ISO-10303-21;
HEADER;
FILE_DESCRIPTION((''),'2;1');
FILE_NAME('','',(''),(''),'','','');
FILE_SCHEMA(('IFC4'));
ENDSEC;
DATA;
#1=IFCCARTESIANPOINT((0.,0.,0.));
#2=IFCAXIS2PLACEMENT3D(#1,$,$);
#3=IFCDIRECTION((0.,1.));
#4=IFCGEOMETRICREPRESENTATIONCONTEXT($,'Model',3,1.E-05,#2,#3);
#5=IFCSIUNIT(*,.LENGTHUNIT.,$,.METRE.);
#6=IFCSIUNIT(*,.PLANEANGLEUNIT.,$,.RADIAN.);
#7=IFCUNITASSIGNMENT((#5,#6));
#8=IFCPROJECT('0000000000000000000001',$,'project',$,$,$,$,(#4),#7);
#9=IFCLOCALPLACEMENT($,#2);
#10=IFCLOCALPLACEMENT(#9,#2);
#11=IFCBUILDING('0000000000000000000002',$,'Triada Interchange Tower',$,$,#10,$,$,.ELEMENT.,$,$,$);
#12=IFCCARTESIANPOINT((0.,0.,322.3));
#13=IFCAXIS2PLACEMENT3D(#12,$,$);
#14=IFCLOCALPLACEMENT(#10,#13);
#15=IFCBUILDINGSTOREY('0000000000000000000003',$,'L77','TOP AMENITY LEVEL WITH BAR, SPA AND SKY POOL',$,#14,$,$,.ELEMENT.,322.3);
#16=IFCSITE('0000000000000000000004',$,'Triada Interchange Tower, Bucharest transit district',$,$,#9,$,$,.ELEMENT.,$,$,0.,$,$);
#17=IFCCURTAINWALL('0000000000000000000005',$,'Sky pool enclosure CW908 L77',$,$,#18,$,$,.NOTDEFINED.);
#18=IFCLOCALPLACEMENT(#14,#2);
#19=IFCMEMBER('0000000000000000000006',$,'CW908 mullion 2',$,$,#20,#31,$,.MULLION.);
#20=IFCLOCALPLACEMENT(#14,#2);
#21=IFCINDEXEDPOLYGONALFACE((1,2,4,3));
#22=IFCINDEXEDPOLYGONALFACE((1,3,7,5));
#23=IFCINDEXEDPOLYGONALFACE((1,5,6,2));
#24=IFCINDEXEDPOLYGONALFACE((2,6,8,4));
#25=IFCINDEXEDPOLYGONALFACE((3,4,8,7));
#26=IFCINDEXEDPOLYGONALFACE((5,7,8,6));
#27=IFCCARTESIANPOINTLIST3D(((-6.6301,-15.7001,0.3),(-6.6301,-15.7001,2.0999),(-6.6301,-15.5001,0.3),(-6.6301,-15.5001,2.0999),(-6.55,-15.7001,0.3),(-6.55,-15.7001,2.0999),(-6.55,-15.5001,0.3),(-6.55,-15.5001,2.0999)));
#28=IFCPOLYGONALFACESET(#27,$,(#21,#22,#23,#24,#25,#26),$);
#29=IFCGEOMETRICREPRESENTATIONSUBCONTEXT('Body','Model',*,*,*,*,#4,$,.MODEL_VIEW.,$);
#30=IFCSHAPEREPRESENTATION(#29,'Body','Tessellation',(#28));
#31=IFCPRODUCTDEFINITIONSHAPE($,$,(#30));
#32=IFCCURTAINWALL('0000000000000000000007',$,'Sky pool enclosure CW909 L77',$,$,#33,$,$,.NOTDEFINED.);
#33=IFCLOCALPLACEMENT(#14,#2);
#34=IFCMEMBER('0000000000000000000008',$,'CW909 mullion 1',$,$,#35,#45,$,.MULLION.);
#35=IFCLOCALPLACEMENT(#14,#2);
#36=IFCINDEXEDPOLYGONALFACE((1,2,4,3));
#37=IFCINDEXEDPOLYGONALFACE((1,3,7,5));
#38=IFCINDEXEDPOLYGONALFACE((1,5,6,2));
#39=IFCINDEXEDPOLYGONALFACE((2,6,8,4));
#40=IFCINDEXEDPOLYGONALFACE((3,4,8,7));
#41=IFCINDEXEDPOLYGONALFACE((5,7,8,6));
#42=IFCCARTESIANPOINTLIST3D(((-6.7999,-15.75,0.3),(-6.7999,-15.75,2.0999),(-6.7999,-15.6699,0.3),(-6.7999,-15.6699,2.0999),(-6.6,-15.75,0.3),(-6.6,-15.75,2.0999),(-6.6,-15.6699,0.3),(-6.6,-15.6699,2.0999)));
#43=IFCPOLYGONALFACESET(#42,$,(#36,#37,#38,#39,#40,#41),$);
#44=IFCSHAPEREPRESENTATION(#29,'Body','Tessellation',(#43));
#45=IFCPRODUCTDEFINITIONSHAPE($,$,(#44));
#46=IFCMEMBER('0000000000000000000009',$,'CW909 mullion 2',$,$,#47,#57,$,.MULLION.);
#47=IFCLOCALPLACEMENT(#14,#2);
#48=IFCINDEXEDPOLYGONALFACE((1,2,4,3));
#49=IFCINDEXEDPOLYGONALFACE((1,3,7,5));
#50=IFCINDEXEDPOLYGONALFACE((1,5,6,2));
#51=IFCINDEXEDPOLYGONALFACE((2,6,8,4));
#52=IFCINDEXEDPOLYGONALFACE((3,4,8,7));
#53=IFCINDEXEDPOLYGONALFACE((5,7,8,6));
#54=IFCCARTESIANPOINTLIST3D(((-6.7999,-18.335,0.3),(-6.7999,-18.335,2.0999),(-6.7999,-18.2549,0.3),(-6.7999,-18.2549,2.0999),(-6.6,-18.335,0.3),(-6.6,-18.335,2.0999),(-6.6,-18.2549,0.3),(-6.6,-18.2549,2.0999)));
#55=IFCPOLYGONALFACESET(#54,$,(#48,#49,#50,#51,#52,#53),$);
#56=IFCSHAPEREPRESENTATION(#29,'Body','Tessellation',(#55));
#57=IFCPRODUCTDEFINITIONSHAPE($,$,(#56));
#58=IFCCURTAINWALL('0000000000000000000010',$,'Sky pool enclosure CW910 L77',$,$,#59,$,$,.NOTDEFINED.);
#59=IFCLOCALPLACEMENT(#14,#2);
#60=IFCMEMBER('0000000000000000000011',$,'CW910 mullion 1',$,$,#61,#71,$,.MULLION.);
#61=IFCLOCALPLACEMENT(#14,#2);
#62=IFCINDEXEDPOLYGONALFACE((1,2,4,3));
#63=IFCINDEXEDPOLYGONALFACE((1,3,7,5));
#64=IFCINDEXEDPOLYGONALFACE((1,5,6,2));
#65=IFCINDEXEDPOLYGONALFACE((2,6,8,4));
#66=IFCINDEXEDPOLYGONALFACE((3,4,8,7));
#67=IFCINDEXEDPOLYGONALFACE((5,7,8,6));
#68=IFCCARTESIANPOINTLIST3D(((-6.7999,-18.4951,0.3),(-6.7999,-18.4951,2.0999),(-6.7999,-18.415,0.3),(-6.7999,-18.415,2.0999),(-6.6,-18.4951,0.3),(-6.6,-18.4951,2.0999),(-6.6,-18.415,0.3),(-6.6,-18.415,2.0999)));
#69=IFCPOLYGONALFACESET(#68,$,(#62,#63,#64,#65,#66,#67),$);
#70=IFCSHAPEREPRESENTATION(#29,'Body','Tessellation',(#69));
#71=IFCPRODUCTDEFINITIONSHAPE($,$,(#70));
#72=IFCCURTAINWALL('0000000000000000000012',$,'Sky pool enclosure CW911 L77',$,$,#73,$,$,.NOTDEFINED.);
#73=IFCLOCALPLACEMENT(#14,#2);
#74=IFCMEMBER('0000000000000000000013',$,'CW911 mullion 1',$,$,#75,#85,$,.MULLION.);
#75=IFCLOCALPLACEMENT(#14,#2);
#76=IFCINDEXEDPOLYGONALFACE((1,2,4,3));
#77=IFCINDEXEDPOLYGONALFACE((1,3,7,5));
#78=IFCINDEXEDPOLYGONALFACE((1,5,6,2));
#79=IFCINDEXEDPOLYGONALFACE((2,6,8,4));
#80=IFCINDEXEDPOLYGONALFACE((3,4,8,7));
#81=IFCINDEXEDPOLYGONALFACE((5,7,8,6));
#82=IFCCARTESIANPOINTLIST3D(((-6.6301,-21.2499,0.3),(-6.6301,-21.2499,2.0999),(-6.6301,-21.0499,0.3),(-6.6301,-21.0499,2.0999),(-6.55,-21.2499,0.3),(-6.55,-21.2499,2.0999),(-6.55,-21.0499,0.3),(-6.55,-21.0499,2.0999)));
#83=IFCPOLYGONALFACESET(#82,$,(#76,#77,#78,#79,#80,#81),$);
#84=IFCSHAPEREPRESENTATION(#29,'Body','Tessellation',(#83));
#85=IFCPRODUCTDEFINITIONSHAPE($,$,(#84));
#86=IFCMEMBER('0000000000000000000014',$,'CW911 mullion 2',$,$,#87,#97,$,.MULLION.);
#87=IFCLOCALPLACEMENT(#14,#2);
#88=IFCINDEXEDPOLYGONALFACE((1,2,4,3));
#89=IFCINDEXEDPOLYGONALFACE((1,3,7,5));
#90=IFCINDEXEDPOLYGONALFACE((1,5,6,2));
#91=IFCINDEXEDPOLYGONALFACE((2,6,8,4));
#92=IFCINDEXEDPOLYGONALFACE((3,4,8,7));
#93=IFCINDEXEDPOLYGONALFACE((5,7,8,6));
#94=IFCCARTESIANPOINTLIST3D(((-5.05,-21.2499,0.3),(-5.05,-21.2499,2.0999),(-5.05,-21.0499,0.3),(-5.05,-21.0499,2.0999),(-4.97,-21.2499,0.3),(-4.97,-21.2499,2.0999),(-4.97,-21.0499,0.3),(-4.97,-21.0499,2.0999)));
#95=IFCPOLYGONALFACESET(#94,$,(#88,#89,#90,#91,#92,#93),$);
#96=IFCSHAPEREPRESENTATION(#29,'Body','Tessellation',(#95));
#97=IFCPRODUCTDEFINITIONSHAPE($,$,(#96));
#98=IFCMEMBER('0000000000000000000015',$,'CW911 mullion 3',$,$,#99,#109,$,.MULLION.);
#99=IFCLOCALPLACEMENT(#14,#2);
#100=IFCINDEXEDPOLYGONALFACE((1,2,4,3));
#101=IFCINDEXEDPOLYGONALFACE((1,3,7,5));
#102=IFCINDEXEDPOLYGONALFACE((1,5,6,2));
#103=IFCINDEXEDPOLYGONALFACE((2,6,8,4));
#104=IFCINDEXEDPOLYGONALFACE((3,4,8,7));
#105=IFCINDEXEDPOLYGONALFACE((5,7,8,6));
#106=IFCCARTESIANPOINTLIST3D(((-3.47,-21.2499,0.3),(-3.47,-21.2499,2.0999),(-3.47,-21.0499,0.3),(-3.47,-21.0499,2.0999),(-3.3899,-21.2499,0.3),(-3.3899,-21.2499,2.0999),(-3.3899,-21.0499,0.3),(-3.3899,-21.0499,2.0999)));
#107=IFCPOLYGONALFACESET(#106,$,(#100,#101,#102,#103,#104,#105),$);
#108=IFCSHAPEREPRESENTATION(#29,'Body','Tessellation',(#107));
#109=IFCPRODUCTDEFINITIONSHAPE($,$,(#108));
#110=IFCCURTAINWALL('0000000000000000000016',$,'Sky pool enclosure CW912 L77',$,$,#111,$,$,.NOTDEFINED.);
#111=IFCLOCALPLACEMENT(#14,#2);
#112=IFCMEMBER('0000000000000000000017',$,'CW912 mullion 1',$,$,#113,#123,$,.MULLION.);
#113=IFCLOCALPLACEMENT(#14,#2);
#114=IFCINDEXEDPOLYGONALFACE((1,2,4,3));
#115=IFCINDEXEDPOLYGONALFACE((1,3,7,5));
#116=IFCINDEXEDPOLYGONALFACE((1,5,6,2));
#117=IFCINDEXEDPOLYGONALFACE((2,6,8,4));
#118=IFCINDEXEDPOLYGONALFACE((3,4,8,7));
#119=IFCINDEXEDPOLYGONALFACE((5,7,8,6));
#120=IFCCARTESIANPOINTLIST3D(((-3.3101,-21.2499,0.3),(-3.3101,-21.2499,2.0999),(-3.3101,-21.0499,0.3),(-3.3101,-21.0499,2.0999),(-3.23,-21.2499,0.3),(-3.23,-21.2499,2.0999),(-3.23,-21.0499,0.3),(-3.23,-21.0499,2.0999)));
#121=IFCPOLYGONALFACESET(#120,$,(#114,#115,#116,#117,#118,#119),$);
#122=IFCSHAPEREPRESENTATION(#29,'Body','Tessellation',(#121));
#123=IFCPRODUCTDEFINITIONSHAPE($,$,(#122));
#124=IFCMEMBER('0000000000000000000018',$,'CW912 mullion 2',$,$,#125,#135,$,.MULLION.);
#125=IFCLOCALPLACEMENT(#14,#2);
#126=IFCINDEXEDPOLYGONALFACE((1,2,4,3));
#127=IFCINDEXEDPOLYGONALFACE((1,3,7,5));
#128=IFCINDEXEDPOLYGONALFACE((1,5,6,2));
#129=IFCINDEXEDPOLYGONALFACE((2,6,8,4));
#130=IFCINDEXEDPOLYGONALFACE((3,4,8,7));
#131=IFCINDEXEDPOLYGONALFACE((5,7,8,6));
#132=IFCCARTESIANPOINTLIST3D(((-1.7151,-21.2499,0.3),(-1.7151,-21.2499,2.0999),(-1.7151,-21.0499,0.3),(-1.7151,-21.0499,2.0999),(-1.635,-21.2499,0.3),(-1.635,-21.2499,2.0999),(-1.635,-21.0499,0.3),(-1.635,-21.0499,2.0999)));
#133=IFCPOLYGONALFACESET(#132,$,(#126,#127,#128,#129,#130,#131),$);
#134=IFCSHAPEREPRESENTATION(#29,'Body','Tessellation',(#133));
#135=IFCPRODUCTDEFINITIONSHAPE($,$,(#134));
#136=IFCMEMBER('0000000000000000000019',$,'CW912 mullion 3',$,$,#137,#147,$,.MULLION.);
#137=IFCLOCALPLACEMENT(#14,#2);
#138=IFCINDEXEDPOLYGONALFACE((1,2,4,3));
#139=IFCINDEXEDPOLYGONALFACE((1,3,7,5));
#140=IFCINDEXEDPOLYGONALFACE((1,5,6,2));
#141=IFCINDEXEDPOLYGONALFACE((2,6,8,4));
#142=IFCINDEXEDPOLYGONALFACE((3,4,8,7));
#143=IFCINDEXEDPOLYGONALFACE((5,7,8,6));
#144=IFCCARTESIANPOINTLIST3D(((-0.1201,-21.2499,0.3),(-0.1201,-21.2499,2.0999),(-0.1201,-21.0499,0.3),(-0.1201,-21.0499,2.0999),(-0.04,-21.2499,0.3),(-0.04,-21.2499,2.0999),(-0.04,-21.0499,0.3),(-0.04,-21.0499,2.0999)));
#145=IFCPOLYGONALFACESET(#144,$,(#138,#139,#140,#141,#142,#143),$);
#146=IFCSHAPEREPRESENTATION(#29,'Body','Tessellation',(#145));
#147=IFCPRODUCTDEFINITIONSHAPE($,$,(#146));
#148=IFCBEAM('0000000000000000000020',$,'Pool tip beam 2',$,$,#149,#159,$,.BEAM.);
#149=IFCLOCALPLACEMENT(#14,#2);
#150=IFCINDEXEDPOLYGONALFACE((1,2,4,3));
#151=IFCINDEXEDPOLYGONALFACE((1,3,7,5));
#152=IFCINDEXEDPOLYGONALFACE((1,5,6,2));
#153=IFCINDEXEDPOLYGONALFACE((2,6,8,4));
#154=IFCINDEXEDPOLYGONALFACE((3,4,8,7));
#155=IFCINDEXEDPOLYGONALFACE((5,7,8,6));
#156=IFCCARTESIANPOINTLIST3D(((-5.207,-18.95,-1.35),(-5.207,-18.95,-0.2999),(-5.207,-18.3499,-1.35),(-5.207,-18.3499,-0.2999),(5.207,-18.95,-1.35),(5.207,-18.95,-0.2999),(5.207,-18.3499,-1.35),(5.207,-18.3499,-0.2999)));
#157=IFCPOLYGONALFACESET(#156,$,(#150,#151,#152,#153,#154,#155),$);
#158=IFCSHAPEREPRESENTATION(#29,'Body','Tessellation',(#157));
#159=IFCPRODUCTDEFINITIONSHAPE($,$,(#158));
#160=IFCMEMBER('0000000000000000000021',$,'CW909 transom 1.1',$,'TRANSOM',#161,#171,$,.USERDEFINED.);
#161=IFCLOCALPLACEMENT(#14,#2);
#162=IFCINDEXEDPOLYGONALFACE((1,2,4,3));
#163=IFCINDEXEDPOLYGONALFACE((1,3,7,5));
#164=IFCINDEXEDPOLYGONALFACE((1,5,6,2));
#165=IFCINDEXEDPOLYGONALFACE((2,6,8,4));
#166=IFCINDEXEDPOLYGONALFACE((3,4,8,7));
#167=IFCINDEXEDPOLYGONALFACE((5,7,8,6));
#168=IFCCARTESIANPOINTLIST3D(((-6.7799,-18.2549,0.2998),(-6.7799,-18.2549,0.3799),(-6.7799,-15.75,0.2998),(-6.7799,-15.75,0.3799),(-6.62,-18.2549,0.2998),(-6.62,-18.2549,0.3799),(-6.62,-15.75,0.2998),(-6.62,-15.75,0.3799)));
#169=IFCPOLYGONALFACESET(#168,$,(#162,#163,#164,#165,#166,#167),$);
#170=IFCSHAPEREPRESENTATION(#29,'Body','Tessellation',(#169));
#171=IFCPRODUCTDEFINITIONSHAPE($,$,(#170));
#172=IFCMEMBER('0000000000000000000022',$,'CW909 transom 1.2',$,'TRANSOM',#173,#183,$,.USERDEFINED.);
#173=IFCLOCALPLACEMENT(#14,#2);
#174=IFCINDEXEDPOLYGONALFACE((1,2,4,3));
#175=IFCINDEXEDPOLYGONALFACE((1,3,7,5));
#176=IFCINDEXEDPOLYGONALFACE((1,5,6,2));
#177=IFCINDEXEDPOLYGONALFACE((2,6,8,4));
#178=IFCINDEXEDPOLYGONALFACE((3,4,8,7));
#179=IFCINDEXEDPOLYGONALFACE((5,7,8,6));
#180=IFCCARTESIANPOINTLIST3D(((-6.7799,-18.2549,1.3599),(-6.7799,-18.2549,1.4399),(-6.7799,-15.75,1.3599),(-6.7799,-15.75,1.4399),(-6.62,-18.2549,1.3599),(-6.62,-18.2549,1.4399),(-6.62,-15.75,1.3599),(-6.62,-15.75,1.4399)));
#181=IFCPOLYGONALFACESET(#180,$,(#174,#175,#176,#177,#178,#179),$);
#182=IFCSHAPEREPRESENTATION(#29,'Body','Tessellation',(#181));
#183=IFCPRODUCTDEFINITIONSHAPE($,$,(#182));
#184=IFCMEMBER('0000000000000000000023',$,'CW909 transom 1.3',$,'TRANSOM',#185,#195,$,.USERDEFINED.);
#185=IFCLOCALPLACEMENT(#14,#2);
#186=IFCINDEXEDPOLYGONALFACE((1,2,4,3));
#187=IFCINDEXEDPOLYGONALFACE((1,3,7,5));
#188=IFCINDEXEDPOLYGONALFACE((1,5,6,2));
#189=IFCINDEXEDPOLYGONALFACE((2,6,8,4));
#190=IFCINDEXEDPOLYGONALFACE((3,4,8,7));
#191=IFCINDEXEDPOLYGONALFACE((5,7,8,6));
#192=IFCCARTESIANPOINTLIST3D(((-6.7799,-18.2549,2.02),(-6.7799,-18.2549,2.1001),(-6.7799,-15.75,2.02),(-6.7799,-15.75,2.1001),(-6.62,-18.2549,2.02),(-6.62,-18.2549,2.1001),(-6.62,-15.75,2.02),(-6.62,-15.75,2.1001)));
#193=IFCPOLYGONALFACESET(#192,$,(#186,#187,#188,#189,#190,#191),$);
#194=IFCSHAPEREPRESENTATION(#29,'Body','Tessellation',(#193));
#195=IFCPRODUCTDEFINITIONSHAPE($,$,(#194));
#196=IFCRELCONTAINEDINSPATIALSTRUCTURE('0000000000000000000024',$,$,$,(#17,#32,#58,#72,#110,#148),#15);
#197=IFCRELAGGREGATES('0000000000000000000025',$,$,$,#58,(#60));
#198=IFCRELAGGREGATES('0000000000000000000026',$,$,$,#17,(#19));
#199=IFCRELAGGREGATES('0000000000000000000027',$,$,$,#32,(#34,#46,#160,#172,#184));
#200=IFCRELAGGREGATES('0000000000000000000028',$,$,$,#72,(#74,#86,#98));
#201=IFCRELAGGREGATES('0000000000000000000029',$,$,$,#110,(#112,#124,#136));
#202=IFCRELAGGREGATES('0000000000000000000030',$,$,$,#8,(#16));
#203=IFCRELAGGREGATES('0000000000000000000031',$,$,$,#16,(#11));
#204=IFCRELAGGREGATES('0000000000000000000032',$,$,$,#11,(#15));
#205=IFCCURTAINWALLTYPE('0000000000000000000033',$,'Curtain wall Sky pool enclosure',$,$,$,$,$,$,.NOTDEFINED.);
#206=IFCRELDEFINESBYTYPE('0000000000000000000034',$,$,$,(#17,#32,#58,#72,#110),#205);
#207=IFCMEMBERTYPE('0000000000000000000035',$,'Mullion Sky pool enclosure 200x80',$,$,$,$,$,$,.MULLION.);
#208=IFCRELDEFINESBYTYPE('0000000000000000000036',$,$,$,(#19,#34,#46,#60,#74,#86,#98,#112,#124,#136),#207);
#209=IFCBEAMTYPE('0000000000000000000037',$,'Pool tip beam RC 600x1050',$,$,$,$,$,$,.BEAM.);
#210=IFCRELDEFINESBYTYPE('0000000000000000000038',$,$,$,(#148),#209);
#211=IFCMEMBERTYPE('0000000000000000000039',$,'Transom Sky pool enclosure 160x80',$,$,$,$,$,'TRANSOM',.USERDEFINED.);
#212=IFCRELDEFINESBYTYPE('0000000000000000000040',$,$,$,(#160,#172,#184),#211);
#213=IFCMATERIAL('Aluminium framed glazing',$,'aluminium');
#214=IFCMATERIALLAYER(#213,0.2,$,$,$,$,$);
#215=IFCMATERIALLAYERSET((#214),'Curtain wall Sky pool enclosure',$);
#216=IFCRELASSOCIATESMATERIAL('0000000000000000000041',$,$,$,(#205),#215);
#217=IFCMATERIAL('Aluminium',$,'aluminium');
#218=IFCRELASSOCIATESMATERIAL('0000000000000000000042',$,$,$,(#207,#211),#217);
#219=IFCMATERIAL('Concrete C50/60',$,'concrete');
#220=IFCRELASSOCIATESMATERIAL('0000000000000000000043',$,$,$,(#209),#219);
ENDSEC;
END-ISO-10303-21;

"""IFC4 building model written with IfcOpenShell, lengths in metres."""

from ifc_helpers import new_model, si_unit, direction, frame, origin, origin_2d, place, context, subcontext, project, spatial, rectangle, extrude, material, layer, layer_set, material_profile, profile_set, type_object, element, aggregate, save


model = new_model("IFC4")

# Units and contexts
model_context = context("Model", 3, precision=1e-05, world=origin(), true_north=direction((0.0, 1.0)))
body_context = subcontext(model_context, "Body", "Model", "MODEL_VIEW")
ifc_project = project(units=[si_unit("LENGTHUNIT", "METRE"), si_unit("PLANEANGLEUNIT", "RADIAN")], contexts=[model_context])

# Site, building, storey
site_placement = place(None, origin())
site = spatial("IfcSite", under=ifc_project, at=site_placement, Name="Triada Interchange Tower, Bucharest transit district", CompositionType="ELEMENT", RefElevation=0.0)
building_placement = place(site_placement, origin())
building = spatial("IfcBuilding", under=site, at=building_placement, Name="Triada Interchange Tower", CompositionType="ELEMENT")
storey_placement = place(building_placement, frame((0.0, 0.0, 322.3)))
storey = spatial("IfcBuildingStorey", under=building, at=storey_placement, Name="L77", Description="TOP AMENITY LEVEL WITH BAR, SPA AND SKY POOL", CompositionType="ELEMENT", Elevation=322.3)

# Curtain wall, member
ifc_material_1 = material(Name="Aluminium framed glazing", Category="aluminium")
ifc_layer_1 = layer(ifc_material_1, 0.2)
ifc_layer_set_1 = layer_set([ifc_layer_1], Name="Curtain wall Sky pool enclosure")
curtain_wall_type = type_object("IfcCurtainWallType", Name="Curtain wall Sky pool enclosure", PredefinedType="NOTDEFINED", material=ifc_layer_set_1)
curtain_wall_1_placement = place(storey_placement, origin())
curtain_wall_1 = element("IfcCurtainWall", 1, at=curtain_wall_1_placement, inside=storey, type_object=curtain_wall_type, Name="Sky pool enclosure CW908 L77", PredefinedType="NOTDEFINED")
ifc_material_2 = material(Name="Aluminium", Category="aluminium")
ifc_material_profile_1 = material_profile(ifc_material_2, rectangle(XDim=0.2, YDim=0.0801, at=origin_2d()), Name="Aluminium mullion")
ifc_profile_set_1 = profile_set([ifc_material_profile_1], Name="Aluminium")
member_type_1 = type_object("IfcMemberType", Name="Mullion Sky pool enclosure 200x80", PredefinedType="MULLION", material=ifc_profile_set_1)
member_1_placement = place(storey_placement, frame((-6.5901, -15.6001, 0.3), z_axis=(0.0, 0.0, 1.0), x_axis=(0.0, -1.0, 0.0)))
member_1 = element("IfcMember", 2, at=member_1_placement, type_object=member_type_1, Name="CW908 mullion 2", PredefinedType="MULLION", context=body_context, shape_type="SweptSolid", body=[
    extrude(rectangle(XDim=0.2, YDim=0.0801, at=origin_2d()), origin(), (0.0, 0.0, 1.0), 1.7998),
])

# Curtain wall, members
curtain_wall_2_placement = place(storey_placement, origin())
curtain_wall_2 = element("IfcCurtainWall", 3, at=curtain_wall_2_placement, inside=storey, type_object=curtain_wall_type, Name="Sky pool enclosure CW909 L77", PredefinedType="NOTDEFINED")
member_2_placement = place(storey_placement, frame((-6.7, -15.71, 0.3), z_axis=(0.0, 0.0, 1.0), x_axis=(1.0, 0.0, 0.0)))
member_2 = element("IfcMember", 4, at=member_2_placement, type_object=member_type_1, Name="CW909 mullion 1", PredefinedType="MULLION", context=body_context, shape_type="SweptSolid", body=[
    extrude(rectangle(XDim=0.2, YDim=0.0801, at=origin_2d()), origin(), (0.0, 0.0, 1.0), 1.7998),
])
member_3_placement = place(storey_placement, frame((-6.7, -18.2949, 0.3), z_axis=(0.0, 0.0, 1.0), x_axis=(1.0, 0.0, 0.0)))
member_3 = element("IfcMember", 5, at=member_3_placement, type_object=member_type_1, Name="CW909 mullion 2", PredefinedType="MULLION", context=body_context, shape_type="SweptSolid", body=[
    extrude(rectangle(XDim=0.2, YDim=0.0801, at=origin_2d()), origin(), (0.0, 0.0, 1.0), 1.7998),
])

# Curtain wall, member
curtain_wall_3_placement = place(storey_placement, origin())
curtain_wall_3 = element("IfcCurtainWall", 6, at=curtain_wall_3_placement, inside=storey, type_object=curtain_wall_type, Name="Sky pool enclosure CW910 L77", PredefinedType="NOTDEFINED")
member_4_placement = place(storey_placement, frame((-6.7, -18.4551, 0.3), z_axis=(0.0, 0.0, 1.0), x_axis=(1.0, 0.0, 0.0)))
member_4 = element("IfcMember", 7, at=member_4_placement, type_object=member_type_1, Name="CW910 mullion 1", PredefinedType="MULLION", context=body_context, shape_type="SweptSolid", body=[
    extrude(rectangle(XDim=0.2, YDim=0.0801, at=origin_2d()), origin(), (0.0, 0.0, 1.0), 1.7998),
])
aggregate(curtain_wall_3, [member_4])

# Curtain walls, members
curtain_wall_4_placement = place(storey_placement, origin())
curtain_wall_4 = element("IfcCurtainWall", 8, at=curtain_wall_4_placement, inside=storey, type_object=curtain_wall_type, Name="Sky pool enclosure CW911 L77", PredefinedType="NOTDEFINED")
member_5_placement = place(storey_placement, frame((-6.5901, -21.1499, 0.3), z_axis=(0.0, 0.0, 1.0), x_axis=(0.0, 1.0, 0.0)))
member_5 = element("IfcMember", 9, at=member_5_placement, type_object=member_type_1, Name="CW911 mullion 1", PredefinedType="MULLION", context=body_context, shape_type="SweptSolid", body=[
    extrude(rectangle(XDim=0.2, YDim=0.0801, at=origin_2d()), origin(), (0.0, 0.0, 1.0), 1.7998),
])
member_6_placement = place(storey_placement, frame((-5.01, -21.1499, 0.3), z_axis=(0.0, 0.0, 1.0), x_axis=(0.0, 1.0, 0.0)))
member_6 = element("IfcMember", 10, at=member_6_placement, type_object=member_type_1, Name="CW911 mullion 2", PredefinedType="MULLION", context=body_context, shape_type="SweptSolid", body=[
    extrude(rectangle(XDim=0.2, YDim=0.0801, at=origin_2d()), origin(), (0.0, 0.0, 1.0), 1.7998),
])
member_7_placement = place(storey_placement, frame((-3.4299, -21.1499, 0.3), z_axis=(0.0, 0.0, 1.0), x_axis=(0.0, 1.0, 0.0)))
member_7 = element("IfcMember", 11, at=member_7_placement, type_object=member_type_1, Name="CW911 mullion 3", PredefinedType="MULLION", context=body_context, shape_type="SweptSolid", body=[
    extrude(rectangle(XDim=0.2, YDim=0.0801, at=origin_2d()), origin(), (0.0, 0.0, 1.0), 1.7998),
])
curtain_wall_5_placement = place(storey_placement, origin())
curtain_wall_5 = element("IfcCurtainWall", 12, at=curtain_wall_5_placement, inside=storey, type_object=curtain_wall_type, Name="Sky pool enclosure CW912 L77", PredefinedType="NOTDEFINED")
member_8_placement = place(storey_placement, frame((-3.27, -21.1499, 0.3), z_axis=(0.0, 0.0, 1.0), x_axis=(0.0, 1.0, 0.0)))
member_8 = element("IfcMember", 13, at=member_8_placement, type_object=member_type_1, Name="CW912 mullion 1", PredefinedType="MULLION", context=body_context, shape_type="SweptSolid", body=[
    extrude(rectangle(XDim=0.2, YDim=0.0801, at=origin_2d()), origin(), (0.0, 0.0, 1.0), 1.7998),
])
member_9_placement = place(storey_placement, frame((-1.675, -21.1499, 0.3), z_axis=(0.0, 0.0, 1.0), x_axis=(0.0, 1.0, 0.0)))
member_9 = element("IfcMember", 14, at=member_9_placement, type_object=member_type_1, Name="CW912 mullion 2", PredefinedType="MULLION", context=body_context, shape_type="SweptSolid", body=[
    extrude(rectangle(XDim=0.2, YDim=0.0801, at=origin_2d()), origin(), (0.0, 0.0, 1.0), 1.7998),
])
member_10_placement = place(storey_placement, frame((-0.0801, -21.1499, 0.3), z_axis=(0.0, 0.0, 1.0), x_axis=(0.0, 1.0, 0.0)))
member_10 = element("IfcMember", 15, at=member_10_placement, type_object=member_type_1, Name="CW912 mullion 3", PredefinedType="MULLION", context=body_context, shape_type="SweptSolid", body=[
    extrude(rectangle(XDim=0.2, YDim=0.0801, at=origin_2d()), origin(), (0.0, 0.0, 1.0), 1.7998),
])

# Beam
ifc_material_3 = material(Name="Concrete C50/60", Category="concrete")
ifc_material_profile_2 = material_profile(ifc_material_3, rectangle(XDim=0.6001, YDim=1.05, at=origin_2d()), Name="RC 600x1050")
ifc_profile_set_2 = profile_set([ifc_material_profile_2], Name="Concrete C50/60")
beam_type = type_object("IfcBeamType", Name="Pool tip beam RC 600x1050", PredefinedType="BEAM", material=ifc_profile_set_2)
beam_placement = place(storey_placement, frame((-5.207, -18.6499, -0.825), z_axis=(1.0, 0.0, 0.0), x_axis=(0.0, 1.0, 0.0)))
element("IfcBeam", 16, at=beam_placement, inside=storey, type_object=beam_type, Name="Pool tip beam 2", PredefinedType="BEAM", context=body_context, shape_type="SweptSolid", body=[
    extrude(rectangle(XDim=0.6001, YDim=1.05, at=origin_2d()), origin(), (0.0, 0.0, 1.0), 10.4141),
])

# Members
ifc_material_profile_3 = material_profile(ifc_material_2, rectangle(XDim=0.1599, YDim=0.0801, at=origin_2d()), Name="Aluminium transom")
ifc_profile_set_3 = profile_set([ifc_material_profile_3], Name="Aluminium")
member_type_2 = type_object("IfcMemberType", Name="Transom Sky pool enclosure 160x80", ElementType="TRANSOM", PredefinedType="USERDEFINED", material=ifc_profile_set_3)
member_11_placement = place(storey_placement, frame((-6.7, -15.75, 0.3398), z_axis=(0.0, -1.0, 0.0), x_axis=(1.0, 0.0, 0.0)))
member_11 = element("IfcMember", 17, at=member_11_placement, type_object=member_type_2, Name="CW909 transom 1.1", ObjectType="TRANSOM", PredefinedType="USERDEFINED", context=body_context, shape_type="SweptSolid", body=[
    extrude(rectangle(XDim=0.1599, YDim=0.0801, at=origin_2d()), origin(), (0.0, 0.0, 1.0), 2.5049),
])
member_12_placement = place(storey_placement, frame((-6.7, -15.75, 1.3999), z_axis=(0.0, -1.0, 0.0), x_axis=(1.0, 0.0, 0.0)))
member_12 = element("IfcMember", 18, at=member_12_placement, type_object=member_type_2, Name="CW909 transom 1.2", ObjectType="TRANSOM", PredefinedType="USERDEFINED", context=body_context, shape_type="SweptSolid", body=[
    extrude(rectangle(XDim=0.1599, YDim=0.0801, at=origin_2d()), origin(), (0.0, 0.0, 1.0), 2.5049),
])
member_13_placement = place(storey_placement, frame((-6.7, -15.75, 2.0601), z_axis=(0.0, -1.0, 0.0), x_axis=(1.0, 0.0, 0.0)))
member_13 = element("IfcMember", 19, at=member_13_placement, type_object=member_type_2, Name="CW909 transom 1.3", ObjectType="TRANSOM", PredefinedType="USERDEFINED", context=body_context, shape_type="SweptSolid", body=[
    extrude(rectangle(XDim=0.1599, YDim=0.0801, at=origin_2d()), origin(), (0.0, 0.0, 1.0), 2.5049),
])

aggregate(curtain_wall_1, [member_1])
aggregate(curtain_wall_2, [member_2, member_3, member_11, member_12, member_13])
aggregate(curtain_wall_4, [member_5, member_6, member_7])
aggregate(curtain_wall_5, [member_8, member_9, member_10])

save(model, "model.ifc")
